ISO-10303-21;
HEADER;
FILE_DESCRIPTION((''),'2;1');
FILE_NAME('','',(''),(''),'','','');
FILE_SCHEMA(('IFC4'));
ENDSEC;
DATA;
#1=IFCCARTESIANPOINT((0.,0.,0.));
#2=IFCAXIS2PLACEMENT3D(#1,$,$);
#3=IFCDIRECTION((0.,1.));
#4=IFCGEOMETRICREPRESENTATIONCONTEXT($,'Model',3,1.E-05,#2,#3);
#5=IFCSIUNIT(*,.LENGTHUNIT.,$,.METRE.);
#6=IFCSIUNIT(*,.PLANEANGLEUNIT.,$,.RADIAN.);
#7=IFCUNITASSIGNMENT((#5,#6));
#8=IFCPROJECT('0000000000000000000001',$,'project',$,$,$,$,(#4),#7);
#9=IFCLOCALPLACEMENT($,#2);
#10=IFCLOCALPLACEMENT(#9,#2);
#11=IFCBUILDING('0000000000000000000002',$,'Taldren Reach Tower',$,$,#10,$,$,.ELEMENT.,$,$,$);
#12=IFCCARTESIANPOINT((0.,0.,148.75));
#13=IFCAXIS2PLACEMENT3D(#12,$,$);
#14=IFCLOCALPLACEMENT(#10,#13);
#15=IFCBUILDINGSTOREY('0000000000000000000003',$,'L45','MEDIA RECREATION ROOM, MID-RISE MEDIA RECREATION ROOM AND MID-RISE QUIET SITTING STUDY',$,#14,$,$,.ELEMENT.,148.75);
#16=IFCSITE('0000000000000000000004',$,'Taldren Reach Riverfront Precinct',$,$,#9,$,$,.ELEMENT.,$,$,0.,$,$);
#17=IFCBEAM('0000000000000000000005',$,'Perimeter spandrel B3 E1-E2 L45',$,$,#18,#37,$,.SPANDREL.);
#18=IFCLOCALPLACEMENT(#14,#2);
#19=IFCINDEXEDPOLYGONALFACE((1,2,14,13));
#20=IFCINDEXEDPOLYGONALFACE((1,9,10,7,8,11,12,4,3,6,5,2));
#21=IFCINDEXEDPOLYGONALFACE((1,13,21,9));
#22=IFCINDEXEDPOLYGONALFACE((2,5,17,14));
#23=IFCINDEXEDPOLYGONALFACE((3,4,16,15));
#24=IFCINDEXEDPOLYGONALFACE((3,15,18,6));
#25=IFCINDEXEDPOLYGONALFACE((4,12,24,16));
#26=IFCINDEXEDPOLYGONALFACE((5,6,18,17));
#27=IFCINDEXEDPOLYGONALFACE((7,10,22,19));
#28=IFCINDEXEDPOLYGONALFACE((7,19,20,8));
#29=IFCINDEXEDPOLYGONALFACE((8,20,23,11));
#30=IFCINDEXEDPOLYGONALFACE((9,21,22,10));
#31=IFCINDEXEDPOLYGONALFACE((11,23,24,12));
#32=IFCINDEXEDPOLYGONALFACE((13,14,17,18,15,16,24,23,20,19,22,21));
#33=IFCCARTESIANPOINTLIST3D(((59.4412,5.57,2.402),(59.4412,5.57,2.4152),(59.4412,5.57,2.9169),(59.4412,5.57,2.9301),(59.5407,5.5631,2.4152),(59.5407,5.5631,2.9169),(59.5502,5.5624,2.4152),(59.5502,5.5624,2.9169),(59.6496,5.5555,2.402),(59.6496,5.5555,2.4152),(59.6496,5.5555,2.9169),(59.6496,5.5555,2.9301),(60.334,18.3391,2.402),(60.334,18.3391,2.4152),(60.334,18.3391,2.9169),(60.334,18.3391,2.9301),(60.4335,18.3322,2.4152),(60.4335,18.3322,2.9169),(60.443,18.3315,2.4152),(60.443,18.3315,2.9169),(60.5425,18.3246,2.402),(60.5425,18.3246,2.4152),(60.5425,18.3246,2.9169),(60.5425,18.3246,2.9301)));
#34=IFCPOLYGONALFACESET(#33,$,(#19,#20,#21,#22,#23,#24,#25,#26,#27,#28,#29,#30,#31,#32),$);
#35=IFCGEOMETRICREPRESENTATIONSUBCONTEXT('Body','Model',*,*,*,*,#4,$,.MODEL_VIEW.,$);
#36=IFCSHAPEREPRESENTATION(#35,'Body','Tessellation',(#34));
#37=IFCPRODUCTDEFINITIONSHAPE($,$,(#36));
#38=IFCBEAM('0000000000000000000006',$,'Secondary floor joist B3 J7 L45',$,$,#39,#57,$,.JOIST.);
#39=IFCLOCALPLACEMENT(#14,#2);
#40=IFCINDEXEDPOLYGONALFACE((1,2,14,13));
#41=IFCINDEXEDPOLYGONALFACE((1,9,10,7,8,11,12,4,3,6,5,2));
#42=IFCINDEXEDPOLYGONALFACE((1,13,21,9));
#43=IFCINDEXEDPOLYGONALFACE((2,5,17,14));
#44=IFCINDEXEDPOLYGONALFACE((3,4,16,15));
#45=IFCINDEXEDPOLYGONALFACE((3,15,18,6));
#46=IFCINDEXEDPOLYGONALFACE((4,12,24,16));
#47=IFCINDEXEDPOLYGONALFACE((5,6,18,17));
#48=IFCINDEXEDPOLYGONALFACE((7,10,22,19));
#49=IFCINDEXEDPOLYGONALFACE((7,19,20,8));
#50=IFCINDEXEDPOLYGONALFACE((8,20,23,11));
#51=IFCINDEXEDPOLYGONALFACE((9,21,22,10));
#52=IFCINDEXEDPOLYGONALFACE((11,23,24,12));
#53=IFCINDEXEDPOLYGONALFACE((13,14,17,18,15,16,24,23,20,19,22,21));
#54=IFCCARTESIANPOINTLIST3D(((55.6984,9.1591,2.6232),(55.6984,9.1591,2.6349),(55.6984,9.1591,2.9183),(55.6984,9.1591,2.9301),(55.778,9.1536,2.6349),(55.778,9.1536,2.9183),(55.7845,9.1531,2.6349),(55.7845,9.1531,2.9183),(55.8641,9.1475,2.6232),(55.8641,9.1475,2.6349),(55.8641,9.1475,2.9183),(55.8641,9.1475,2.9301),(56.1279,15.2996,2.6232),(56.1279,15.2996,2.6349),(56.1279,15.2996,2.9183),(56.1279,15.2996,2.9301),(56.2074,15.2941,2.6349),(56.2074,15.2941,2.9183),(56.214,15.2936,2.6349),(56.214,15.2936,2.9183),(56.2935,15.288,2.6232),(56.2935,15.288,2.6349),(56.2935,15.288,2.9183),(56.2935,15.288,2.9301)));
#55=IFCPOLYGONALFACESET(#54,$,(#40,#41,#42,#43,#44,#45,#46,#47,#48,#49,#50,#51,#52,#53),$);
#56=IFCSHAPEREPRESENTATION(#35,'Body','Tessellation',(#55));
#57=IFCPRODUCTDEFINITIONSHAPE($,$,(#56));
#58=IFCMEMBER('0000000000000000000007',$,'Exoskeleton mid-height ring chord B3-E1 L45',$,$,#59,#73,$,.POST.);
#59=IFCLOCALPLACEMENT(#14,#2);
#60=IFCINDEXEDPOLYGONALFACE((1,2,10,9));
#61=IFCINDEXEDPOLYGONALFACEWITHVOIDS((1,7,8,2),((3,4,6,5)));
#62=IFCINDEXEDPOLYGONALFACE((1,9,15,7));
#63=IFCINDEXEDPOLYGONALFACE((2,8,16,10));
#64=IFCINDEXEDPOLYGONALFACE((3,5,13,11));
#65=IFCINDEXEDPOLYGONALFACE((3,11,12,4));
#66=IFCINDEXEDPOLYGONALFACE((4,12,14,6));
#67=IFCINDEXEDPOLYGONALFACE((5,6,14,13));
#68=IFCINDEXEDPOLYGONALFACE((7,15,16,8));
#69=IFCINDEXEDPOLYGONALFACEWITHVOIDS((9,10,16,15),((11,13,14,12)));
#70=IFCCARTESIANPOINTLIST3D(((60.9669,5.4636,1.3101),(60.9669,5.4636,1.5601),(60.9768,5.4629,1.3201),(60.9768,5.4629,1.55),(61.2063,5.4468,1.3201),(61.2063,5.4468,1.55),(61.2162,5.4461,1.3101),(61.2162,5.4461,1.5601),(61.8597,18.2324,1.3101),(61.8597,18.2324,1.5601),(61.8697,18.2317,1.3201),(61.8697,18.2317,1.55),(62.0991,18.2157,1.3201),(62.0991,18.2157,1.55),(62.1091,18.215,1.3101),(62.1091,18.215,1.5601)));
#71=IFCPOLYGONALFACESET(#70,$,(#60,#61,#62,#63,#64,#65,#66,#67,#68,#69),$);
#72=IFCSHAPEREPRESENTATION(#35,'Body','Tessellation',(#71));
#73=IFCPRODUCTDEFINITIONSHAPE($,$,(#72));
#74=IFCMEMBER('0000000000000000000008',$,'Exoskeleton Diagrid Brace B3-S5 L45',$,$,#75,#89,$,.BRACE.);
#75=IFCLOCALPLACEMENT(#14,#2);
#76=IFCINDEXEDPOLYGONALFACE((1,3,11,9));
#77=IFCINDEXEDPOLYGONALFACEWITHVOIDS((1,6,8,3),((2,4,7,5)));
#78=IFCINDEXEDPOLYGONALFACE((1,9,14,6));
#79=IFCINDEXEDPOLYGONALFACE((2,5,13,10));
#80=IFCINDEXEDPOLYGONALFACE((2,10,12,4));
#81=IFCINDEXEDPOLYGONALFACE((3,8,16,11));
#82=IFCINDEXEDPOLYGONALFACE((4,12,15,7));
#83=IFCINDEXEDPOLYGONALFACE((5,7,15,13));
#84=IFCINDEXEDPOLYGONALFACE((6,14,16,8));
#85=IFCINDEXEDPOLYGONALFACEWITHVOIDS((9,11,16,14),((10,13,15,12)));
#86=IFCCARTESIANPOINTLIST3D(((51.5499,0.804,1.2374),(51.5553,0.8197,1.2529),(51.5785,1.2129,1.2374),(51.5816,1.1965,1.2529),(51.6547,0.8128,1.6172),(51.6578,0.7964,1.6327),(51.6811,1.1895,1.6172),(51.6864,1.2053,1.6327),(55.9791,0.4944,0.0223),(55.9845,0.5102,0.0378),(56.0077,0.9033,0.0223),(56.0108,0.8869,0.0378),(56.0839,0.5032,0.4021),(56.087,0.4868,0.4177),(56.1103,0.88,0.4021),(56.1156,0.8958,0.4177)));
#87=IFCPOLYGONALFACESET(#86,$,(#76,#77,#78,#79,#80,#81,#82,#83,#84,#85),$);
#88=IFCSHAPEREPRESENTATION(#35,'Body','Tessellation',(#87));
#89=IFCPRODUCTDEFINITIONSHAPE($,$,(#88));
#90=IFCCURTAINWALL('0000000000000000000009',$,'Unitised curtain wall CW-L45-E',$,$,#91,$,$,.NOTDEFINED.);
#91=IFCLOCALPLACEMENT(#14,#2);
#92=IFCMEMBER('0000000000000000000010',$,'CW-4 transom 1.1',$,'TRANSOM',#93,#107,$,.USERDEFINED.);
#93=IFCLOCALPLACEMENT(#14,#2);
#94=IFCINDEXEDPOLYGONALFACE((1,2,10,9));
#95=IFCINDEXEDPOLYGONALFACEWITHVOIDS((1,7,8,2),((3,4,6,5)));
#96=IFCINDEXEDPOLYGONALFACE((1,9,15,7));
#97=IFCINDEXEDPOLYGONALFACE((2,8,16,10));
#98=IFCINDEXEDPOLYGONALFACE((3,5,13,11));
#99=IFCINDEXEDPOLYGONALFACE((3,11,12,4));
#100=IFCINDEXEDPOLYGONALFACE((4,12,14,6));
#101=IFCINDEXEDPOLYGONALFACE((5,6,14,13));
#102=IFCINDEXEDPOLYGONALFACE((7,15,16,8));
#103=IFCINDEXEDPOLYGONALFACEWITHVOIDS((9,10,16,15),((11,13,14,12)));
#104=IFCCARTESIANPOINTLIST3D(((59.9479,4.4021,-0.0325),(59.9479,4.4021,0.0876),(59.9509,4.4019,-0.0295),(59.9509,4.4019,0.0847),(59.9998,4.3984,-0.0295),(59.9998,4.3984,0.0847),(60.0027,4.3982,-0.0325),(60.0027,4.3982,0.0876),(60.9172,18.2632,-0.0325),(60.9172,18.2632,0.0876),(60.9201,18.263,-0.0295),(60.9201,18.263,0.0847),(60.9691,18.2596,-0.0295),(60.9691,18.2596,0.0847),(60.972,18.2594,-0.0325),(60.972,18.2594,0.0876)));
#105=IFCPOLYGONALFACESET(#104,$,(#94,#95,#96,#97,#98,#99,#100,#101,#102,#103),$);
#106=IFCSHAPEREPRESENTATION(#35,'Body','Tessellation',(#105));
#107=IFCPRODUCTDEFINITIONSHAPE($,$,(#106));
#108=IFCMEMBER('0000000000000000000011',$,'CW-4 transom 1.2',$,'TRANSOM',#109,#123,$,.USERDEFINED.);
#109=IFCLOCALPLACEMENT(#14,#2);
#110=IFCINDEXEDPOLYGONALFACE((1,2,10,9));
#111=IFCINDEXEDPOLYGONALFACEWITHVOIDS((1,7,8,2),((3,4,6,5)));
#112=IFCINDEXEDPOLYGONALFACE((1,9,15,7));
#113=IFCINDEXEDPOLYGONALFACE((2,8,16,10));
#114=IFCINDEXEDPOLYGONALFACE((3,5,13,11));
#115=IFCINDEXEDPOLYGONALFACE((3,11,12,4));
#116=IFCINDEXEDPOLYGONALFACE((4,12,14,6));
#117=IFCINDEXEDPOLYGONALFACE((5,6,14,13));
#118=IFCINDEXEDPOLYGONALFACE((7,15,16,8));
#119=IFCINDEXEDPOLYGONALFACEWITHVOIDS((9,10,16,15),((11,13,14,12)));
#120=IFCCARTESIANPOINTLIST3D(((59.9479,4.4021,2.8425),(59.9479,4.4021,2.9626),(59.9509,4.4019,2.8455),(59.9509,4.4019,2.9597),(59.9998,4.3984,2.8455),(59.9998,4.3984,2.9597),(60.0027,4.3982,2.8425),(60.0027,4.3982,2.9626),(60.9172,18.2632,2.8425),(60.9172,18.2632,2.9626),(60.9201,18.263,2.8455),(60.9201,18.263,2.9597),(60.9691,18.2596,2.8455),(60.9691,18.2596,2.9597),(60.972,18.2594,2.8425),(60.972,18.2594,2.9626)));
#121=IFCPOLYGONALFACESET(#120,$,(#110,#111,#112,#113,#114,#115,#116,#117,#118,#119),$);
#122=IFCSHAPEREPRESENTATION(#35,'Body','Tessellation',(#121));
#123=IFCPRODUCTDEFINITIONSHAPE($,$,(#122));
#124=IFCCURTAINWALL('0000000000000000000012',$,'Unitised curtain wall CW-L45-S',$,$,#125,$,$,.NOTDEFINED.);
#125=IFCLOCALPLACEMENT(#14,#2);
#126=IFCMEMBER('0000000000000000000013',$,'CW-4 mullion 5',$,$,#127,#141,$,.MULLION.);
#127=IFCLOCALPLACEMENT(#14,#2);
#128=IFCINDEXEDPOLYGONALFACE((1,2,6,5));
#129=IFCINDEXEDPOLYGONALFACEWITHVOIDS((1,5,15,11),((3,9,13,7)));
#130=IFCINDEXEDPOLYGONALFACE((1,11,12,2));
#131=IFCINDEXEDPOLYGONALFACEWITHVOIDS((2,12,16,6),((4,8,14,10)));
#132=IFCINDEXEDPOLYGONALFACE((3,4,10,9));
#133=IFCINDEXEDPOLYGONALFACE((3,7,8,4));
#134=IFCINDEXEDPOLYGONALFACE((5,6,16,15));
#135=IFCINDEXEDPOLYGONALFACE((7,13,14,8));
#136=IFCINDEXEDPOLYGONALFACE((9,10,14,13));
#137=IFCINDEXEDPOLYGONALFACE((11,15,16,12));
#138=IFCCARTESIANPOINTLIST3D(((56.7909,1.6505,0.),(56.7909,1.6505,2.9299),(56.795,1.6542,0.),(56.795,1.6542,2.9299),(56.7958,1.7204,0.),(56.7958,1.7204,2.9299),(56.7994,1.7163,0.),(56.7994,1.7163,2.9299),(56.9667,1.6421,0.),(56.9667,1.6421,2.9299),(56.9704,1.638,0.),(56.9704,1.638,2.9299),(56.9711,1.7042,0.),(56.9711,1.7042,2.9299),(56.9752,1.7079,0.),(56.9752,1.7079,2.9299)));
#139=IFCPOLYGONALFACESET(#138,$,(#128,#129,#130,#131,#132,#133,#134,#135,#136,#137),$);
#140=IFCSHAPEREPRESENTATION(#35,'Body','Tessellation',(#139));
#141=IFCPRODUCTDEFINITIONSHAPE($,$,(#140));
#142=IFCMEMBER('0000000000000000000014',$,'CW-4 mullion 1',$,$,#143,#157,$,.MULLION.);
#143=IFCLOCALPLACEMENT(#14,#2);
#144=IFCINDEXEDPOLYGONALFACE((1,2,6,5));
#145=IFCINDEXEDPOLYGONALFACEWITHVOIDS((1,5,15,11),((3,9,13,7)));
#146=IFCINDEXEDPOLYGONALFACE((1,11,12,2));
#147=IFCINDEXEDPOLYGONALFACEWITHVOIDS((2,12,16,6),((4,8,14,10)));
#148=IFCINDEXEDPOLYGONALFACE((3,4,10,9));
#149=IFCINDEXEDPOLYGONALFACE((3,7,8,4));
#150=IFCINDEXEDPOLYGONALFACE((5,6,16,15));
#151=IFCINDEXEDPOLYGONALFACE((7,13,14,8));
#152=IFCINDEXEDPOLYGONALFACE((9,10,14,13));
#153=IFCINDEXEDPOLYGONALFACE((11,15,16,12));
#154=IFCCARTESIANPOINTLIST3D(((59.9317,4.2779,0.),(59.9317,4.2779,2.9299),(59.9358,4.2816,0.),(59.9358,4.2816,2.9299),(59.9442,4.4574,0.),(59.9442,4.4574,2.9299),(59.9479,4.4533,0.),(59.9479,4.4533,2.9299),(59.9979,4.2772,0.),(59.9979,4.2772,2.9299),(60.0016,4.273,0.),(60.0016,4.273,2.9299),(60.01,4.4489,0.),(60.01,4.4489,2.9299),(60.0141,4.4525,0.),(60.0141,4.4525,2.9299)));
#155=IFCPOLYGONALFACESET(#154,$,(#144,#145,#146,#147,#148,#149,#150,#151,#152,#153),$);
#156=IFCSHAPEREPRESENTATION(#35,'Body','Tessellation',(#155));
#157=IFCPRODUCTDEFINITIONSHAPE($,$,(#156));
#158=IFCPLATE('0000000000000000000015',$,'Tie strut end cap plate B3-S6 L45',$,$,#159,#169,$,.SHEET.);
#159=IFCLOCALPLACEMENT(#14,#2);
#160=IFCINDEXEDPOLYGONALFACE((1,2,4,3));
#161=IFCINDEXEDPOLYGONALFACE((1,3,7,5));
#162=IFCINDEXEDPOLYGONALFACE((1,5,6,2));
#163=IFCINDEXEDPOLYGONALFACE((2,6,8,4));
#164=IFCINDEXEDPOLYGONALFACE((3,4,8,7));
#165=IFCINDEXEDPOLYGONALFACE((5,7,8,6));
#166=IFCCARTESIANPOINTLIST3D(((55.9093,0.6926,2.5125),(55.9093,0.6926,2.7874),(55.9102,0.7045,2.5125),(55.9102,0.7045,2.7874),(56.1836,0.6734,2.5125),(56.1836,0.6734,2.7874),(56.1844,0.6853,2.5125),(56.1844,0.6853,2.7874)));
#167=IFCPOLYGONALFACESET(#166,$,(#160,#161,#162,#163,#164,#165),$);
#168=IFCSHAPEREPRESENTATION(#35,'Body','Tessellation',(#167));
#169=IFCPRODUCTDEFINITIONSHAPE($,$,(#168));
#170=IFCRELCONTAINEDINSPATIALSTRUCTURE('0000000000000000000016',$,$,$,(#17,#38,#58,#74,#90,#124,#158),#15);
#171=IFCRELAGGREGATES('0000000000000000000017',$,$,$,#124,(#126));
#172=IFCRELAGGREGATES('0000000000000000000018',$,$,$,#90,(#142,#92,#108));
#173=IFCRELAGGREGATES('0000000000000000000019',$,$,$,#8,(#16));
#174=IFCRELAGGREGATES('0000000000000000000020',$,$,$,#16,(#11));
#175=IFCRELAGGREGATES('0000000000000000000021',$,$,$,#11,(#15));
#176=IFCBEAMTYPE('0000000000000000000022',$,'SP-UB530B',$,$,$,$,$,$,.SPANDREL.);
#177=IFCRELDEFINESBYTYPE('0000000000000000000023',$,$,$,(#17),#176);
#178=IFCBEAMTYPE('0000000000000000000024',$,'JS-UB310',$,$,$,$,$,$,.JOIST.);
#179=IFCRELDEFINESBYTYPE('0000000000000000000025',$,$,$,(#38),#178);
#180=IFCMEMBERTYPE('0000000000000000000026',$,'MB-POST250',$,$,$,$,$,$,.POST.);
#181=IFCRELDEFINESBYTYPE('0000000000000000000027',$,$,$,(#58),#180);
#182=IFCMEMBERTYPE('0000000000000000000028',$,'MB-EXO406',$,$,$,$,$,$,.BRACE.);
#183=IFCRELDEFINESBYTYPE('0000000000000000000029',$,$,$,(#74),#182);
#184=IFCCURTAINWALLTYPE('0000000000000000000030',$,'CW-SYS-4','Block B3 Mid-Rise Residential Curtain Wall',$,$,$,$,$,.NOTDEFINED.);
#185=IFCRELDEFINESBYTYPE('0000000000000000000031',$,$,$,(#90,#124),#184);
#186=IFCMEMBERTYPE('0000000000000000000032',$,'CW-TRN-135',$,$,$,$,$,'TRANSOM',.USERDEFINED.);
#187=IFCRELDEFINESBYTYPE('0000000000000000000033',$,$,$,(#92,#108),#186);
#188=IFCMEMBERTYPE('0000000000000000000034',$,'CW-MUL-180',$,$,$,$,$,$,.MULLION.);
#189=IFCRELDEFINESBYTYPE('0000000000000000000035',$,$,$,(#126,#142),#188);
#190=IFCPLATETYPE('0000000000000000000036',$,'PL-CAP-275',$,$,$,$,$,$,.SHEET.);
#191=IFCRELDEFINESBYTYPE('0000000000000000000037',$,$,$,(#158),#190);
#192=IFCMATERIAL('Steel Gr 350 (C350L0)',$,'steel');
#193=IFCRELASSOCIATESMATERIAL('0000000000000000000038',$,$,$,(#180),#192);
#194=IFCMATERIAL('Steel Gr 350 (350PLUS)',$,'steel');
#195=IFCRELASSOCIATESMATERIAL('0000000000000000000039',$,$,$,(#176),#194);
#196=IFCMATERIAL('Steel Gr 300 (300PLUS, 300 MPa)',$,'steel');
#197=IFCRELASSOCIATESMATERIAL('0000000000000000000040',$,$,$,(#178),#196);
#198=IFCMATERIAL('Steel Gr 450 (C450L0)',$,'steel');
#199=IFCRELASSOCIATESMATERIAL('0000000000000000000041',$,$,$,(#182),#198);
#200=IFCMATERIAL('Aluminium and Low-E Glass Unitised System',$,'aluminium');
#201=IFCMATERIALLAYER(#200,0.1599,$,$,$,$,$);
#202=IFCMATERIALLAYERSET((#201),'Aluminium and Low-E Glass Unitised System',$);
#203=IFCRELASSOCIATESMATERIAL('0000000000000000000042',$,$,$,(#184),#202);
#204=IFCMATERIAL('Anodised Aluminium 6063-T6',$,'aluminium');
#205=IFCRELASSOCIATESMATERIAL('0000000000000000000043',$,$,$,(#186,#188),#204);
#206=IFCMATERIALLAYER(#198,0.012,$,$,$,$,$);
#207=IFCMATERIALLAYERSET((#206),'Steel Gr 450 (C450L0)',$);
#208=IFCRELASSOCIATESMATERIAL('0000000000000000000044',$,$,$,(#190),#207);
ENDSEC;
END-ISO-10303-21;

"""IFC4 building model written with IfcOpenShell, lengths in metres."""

from ifc_helpers import new_model, si_unit, direction, frame, origin, origin_2d, place, context, subcontext, project, spatial, rectangle, hollow_rectangle, i_section, extrude, source, transform, mapped, material, layer, layer_set, material_profile, profile_set, type_object, element, aggregate, save


model = new_model("IFC4")

# Units and contexts
model_context = context("Model", 3, precision=1e-05, world=origin(), true_north=direction((0.0, 1.0)))
body_context = subcontext(model_context, "Body", "Model", "MODEL_VIEW")
ifc_project = project(units=[si_unit("LENGTHUNIT", "METRE"), si_unit("PLANEANGLEUNIT", "RADIAN")], contexts=[model_context])

# Site, building, storey
site_placement = place(None, origin())
site = spatial("IfcSite", under=ifc_project, at=site_placement, Name="Taldren Reach Riverfront Precinct", CompositionType="ELEMENT", RefElevation=0.0)
building_placement = place(site_placement, origin())
building = spatial("IfcBuilding", under=site, at=building_placement, Name="Taldren Reach Tower", CompositionType="ELEMENT")
storey_placement = place(building_placement, frame((0.0, 0.0, 148.75)))
storey = spatial("IfcBuildingStorey", under=building, at=storey_placement, Name="L45", Description="MEDIA RECREATION ROOM, MID-RISE MEDIA RECREATION ROOM AND MID-RISE QUIET SITTING STUDY", CompositionType="ELEMENT", Elevation=148.75)

# Shared definitions
ifc_material_1 = material(Name="Steel Gr 450 (C450L0)", Category="steel")
ifc_material_2 = material(Name="Steel Gr 350 (350PLUS)", Category="steel")

# Shared definitions
ifc_material_3 = material(Name="Steel Gr 350 (C350L0)", Category="steel")
ifc_material_profile_1 = material_profile(ifc_material_3, hollow_rectangle(XDim=0.25, YDim=0.25, WallThickness=0.01, at=origin_2d()), Name="250x250x10.0SHS")
ifc_profile_set_1 = profile_set([ifc_material_profile_1], Name="Steel Gr 350 (C350L0)")
member_type_1 = type_object("IfcMemberType", Name="MB-POST250", PredefinedType="POST", material=ifc_profile_set_1)

# Beams
ifc_material_profile_2 = material_profile(ifc_material_2, i_section(OverallWidth=0.209, OverallDepth=0.5281, WebThickness=0.0095, FlangeThickness=0.0132, at=origin_2d()), Name="530UB82.0")
ifc_profile_set_2 = profile_set([ifc_material_profile_2], Name="Steel Gr 350 (350PLUS)")
beam_type_1 = type_object("IfcBeamType", Name="SP-UB530B", PredefinedType="SPANDREL", material=ifc_profile_set_2)
shared_shape_1 = source(origin(), body_context, "Body", "SweptSolid", [
    extrude(i_section(OverallWidth=0.209, OverallDepth=0.5281, WebThickness=0.0095, FlangeThickness=0.0132, at=origin_2d()), origin(), (0.0, 0.0, 1.0), 12.8003),
])
beam_1_placement = place(storey_placement, frame((59.5454, 5.5627, 2.666), z_axis=(0.069751, 0.997564, 0.0), x_axis=(-0.997564, 0.069751, 0.0)))
element("IfcBeam", 1, at=beam_1_placement, inside=storey, type_object=beam_type_1, Name="Perimeter spandrel B3 E1-E2 L45", PredefinedType="SPANDREL", context=body_context, shape_type="MappedRepresentation", body=[
    mapped(shared_shape_1, transform((0.0, 0.0, 0.0), scale=1.0)),
])
ifc_material_4 = material(Name="Steel Gr 300 (300PLUS, 300 MPa)", Category="steel")
ifc_material_profile_3 = material_profile(ifc_material_4, i_section(OverallWidth=0.166, OverallDepth=0.3069, WebThickness=0.0066, FlangeThickness=0.0117, at=origin_2d()), Name="310UB46.2")
ifc_profile_set_3 = profile_set([ifc_material_profile_3], Name="Steel Gr 300 (300PLUS, 300 MPa)")
beam_type_2 = type_object("IfcBeamType", Name="JS-UB310", PredefinedType="JOIST", material=ifc_profile_set_3)
shared_shape_2 = source(origin(), body_context, "Body", "SweptSolid", [
    extrude(i_section(OverallWidth=0.166, OverallDepth=0.3069, WebThickness=0.0066, FlangeThickness=0.0117, at=origin_2d()), origin(), (0.0, 0.0, 1.0), 6.1555),
])
beam_2_placement = place(storey_placement, frame((55.7812, 9.1533, 2.7766), z_axis=(0.069764, 0.997563, 0.0), x_axis=(-0.997563, 0.069764, 0.0)))
element("IfcBeam", 2, at=beam_2_placement, inside=storey, type_object=beam_type_2, Name="Secondary floor joist B3 J7 L45", PredefinedType="JOIST", context=body_context, shape_type="MappedRepresentation", body=[
    mapped(shared_shape_2, transform((0.0, 0.0, 0.0), scale=1.0)),
])

# Members
shared_shape_3 = source(origin(), body_context, "Body", "SweptSolid", [
    extrude(hollow_rectangle(XDim=0.25, YDim=0.25, WallThickness=0.01, at=origin_2d()), origin(), (0.0, 0.0, 1.0), 12.8),
])
member_1_placement = place(storey_placement, frame((61.0916, 5.4548, 1.4351), z_axis=(0.069752, 0.997564, 0.0), x_axis=(-0.997564, 0.069752, 0.0)))
element("IfcMember", 3, at=member_1_placement, inside=storey, type_object=member_type_1, Name="Exoskeleton mid-height ring chord B3-E1 L45", PredefinedType="POST", context=body_context, shape_type="MappedRepresentation", body=[
    mapped(shared_shape_3, transform((0.0, 0.0, 0.0), scale=1.0)),
])
ifc_material_profile_4 = material_profile(ifc_material_1, hollow_rectangle(XDim=0.4099, YDim=0.4099, WallThickness=0.0161, at=origin_2d()), Name="410x410x16.0SHS")
ifc_profile_set_4 = profile_set([ifc_material_profile_4], Name="Steel Gr 450 (C450L0)")
member_type_2 = type_object("IfcMemberType", Name="MB-EXO406", PredefinedType="BRACE", material=ifc_profile_set_4)
shared_shape_4 = source(origin(), body_context, "Body", "SweptSolid", [
    extrude(hollow_rectangle(XDim=0.4099, YDim=0.4099, WallThickness=0.0161, at=origin_2d()), origin(), (0.0, 0.0, 1.0), 4.6033),
])
member_2_placement = place(storey_placement, frame((56.0474, 0.6951, 0.22), z_axis=(-0.962186, 0.06725, 0.263962), x_axis=(-0.069723, -0.997566, 0.0)))
element("IfcMember", 4, at=member_2_placement, inside=storey, type_object=member_type_2, Name="Exoskeleton Diagrid Brace B3-S5 L45", PredefinedType="BRACE", context=body_context, shape_type="MappedRepresentation", body=[
    mapped(shared_shape_4, transform((0.0, 0.0, 0.0), scale=1.0)),
])

# Curtain wall, members
ifc_material_5 = material(Name="Aluminium and Low-E Glass Unitised System", Category="aluminium")
ifc_layer_1 = layer(ifc_material_5, 0.1599)
ifc_layer_set_1 = layer_set([ifc_layer_1], Name="Aluminium and Low-E Glass Unitised System")
curtain_wall_type = type_object("IfcCurtainWallType", Name="CW-SYS-4", Description="Block B3 Mid-Rise Residential Curtain Wall", PredefinedType="NOTDEFINED", material=ifc_layer_set_1)
curtain_wall_1_placement = place(storey_placement, origin())
curtain_wall_1 = element("IfcCurtainWall", 5, at=curtain_wall_1_placement, inside=storey, type_object=curtain_wall_type, Name="Unitised curtain wall CW-L45-E", PredefinedType="NOTDEFINED")
ifc_material_6 = material(Name="Anodised Aluminium 6063-T6", Category="aluminium")
ifc_material_profile_5 = material_profile(ifc_material_6, hollow_rectangle(XDim=0.0549, YDim=0.1201, WallThickness=0.0029, at=origin_2d()), Name="ALU-120x55x3RHS")
ifc_profile_set_5 = profile_set([ifc_material_profile_5], Name="Anodised Aluminium 6063-T6")
member_type_3 = type_object("IfcMemberType", Name="CW-TRN-135", ElementType="TRANSOM", PredefinedType="USERDEFINED", material=ifc_profile_set_5)
shared_shape_5 = source(origin(), body_context, "Body", "SweptSolid", [
    extrude(hollow_rectangle(XDim=0.0549, YDim=0.1201, WallThickness=0.0029, at=origin_2d()), origin(), (0.0, 0.0, 1.0), 13.895),
])
member_3_placement = place(storey_placement, frame((59.9753, 4.4001, 0.0276), z_axis=(0.069755, 0.997564, 0.0), x_axis=(-0.997564, 0.069755, 0.0)))
member_3 = element("IfcMember", 6, at=member_3_placement, type_object=member_type_3, Name="CW-4 transom 1.1", ObjectType="TRANSOM", PredefinedType="USERDEFINED", context=body_context, shape_type="MappedRepresentation", body=[
    mapped(shared_shape_5, transform((0.0, 0.0, 0.0), scale=1.0)),
])
member_4_placement = place(storey_placement, frame((59.9753, 4.4001, 2.9026), z_axis=(0.069755, 0.997564, 0.0), x_axis=(-0.997564, 0.069755, 0.0)))
member_4 = element("IfcMember", 7, at=member_4_placement, type_object=member_type_3, Name="CW-4 transom 1.2", ObjectType="TRANSOM", PredefinedType="USERDEFINED", context=body_context, shape_type="MappedRepresentation", body=[
    mapped(shared_shape_5, transform((0.0, 0.0, 0.0), scale=1.0)),
])

# Curtain wall, member
curtain_wall_2_placement = place(storey_placement, origin())
curtain_wall_2 = element("IfcCurtainWall", 8, at=curtain_wall_2_placement, inside=storey, type_object=curtain_wall_type, Name="Unitised curtain wall CW-L45-S", PredefinedType="NOTDEFINED")
ifc_material_profile_6 = material_profile(ifc_material_6, hollow_rectangle(XDim=0.0701, YDim=0.1799, WallThickness=0.0039, at=origin_2d()), Name="ALU-180x70x4RHS")
ifc_profile_set_6 = profile_set([ifc_material_profile_6], Name="Anodised Aluminium 6063-T6")
member_type_4 = type_object("IfcMemberType", Name="CW-MUL-180", PredefinedType="MULLION", material=ifc_profile_set_6)
shared_shape_6 = source(origin(), body_context, "Body", "SweptSolid", [
    extrude(hollow_rectangle(XDim=0.0701, YDim=0.1799, WallThickness=0.0039, at=origin_2d()), origin(), (0.0, 0.0, 1.0), 2.9299),
])
member_5_placement = place(storey_placement, frame((56.8831, 1.6792, 0.0), z_axis=(0.0, 0.0, 1.0), x_axis=(0.069757, 0.997564, 0.0)))
member_5 = element("IfcMember", 9, at=member_5_placement, type_object=member_type_4, Name="CW-4 mullion 5", PredefinedType="MULLION", context=body_context, shape_type="MappedRepresentation", body=[
    mapped(shared_shape_6, transform((0.0, 0.0, 0.0), scale=1.0)),
])

# Member
member_6_placement = place(storey_placement, frame((59.9729, 4.3652, 0.0), z_axis=(0.0, 0.0, 1.0), x_axis=(-0.997564, 0.069756, 0.0)))
member_6 = element("IfcMember", 10, at=member_6_placement, type_object=member_type_4, Name="CW-4 mullion 1", PredefinedType="MULLION", context=body_context, shape_type="MappedRepresentation", body=[
    mapped(shared_shape_6, transform((0.0, 0.0, 0.0), scale=1.0)),
])

# Plate
ifc_layer_2 = layer(ifc_material_1, 0.012)
ifc_layer_set_2 = layer_set([ifc_layer_2], Name="Steel Gr 450 (C450L0)")
plate_type_1 = type_object("IfcPlateType", Name="PL-CAP-275", PredefinedType="SHEET", material=ifc_layer_set_2)
shared_shape_7 = source(origin(), body_context, "Body", "SweptSolid", [
    extrude(rectangle(XDim=0.2749, YDim=0.012, at=origin_2d()), origin(), (0.0, 0.0, 1.0), 0.2749),
])
plate_1_placement = place(storey_placement, frame((56.0469, 0.689, 2.5125), z_axis=(0.0, 0.0, 1.0), x_axis=(0.997564, -0.069756, 0.0)))
element("IfcPlate", 11, at=plate_1_placement, inside=storey, type_object=plate_type_1, Name="Tie strut end cap plate B3-S6 L45", PredefinedType="SHEET", context=body_context, shape_type="MappedRepresentation", body=[
    mapped(shared_shape_7, transform((0.0, 0.0, 0.0), scale=1.0)),
])

aggregate(curtain_wall_2, [member_5])
aggregate(curtain_wall_1, [member_6, member_3, member_4])

save(model, "model.ifc")
